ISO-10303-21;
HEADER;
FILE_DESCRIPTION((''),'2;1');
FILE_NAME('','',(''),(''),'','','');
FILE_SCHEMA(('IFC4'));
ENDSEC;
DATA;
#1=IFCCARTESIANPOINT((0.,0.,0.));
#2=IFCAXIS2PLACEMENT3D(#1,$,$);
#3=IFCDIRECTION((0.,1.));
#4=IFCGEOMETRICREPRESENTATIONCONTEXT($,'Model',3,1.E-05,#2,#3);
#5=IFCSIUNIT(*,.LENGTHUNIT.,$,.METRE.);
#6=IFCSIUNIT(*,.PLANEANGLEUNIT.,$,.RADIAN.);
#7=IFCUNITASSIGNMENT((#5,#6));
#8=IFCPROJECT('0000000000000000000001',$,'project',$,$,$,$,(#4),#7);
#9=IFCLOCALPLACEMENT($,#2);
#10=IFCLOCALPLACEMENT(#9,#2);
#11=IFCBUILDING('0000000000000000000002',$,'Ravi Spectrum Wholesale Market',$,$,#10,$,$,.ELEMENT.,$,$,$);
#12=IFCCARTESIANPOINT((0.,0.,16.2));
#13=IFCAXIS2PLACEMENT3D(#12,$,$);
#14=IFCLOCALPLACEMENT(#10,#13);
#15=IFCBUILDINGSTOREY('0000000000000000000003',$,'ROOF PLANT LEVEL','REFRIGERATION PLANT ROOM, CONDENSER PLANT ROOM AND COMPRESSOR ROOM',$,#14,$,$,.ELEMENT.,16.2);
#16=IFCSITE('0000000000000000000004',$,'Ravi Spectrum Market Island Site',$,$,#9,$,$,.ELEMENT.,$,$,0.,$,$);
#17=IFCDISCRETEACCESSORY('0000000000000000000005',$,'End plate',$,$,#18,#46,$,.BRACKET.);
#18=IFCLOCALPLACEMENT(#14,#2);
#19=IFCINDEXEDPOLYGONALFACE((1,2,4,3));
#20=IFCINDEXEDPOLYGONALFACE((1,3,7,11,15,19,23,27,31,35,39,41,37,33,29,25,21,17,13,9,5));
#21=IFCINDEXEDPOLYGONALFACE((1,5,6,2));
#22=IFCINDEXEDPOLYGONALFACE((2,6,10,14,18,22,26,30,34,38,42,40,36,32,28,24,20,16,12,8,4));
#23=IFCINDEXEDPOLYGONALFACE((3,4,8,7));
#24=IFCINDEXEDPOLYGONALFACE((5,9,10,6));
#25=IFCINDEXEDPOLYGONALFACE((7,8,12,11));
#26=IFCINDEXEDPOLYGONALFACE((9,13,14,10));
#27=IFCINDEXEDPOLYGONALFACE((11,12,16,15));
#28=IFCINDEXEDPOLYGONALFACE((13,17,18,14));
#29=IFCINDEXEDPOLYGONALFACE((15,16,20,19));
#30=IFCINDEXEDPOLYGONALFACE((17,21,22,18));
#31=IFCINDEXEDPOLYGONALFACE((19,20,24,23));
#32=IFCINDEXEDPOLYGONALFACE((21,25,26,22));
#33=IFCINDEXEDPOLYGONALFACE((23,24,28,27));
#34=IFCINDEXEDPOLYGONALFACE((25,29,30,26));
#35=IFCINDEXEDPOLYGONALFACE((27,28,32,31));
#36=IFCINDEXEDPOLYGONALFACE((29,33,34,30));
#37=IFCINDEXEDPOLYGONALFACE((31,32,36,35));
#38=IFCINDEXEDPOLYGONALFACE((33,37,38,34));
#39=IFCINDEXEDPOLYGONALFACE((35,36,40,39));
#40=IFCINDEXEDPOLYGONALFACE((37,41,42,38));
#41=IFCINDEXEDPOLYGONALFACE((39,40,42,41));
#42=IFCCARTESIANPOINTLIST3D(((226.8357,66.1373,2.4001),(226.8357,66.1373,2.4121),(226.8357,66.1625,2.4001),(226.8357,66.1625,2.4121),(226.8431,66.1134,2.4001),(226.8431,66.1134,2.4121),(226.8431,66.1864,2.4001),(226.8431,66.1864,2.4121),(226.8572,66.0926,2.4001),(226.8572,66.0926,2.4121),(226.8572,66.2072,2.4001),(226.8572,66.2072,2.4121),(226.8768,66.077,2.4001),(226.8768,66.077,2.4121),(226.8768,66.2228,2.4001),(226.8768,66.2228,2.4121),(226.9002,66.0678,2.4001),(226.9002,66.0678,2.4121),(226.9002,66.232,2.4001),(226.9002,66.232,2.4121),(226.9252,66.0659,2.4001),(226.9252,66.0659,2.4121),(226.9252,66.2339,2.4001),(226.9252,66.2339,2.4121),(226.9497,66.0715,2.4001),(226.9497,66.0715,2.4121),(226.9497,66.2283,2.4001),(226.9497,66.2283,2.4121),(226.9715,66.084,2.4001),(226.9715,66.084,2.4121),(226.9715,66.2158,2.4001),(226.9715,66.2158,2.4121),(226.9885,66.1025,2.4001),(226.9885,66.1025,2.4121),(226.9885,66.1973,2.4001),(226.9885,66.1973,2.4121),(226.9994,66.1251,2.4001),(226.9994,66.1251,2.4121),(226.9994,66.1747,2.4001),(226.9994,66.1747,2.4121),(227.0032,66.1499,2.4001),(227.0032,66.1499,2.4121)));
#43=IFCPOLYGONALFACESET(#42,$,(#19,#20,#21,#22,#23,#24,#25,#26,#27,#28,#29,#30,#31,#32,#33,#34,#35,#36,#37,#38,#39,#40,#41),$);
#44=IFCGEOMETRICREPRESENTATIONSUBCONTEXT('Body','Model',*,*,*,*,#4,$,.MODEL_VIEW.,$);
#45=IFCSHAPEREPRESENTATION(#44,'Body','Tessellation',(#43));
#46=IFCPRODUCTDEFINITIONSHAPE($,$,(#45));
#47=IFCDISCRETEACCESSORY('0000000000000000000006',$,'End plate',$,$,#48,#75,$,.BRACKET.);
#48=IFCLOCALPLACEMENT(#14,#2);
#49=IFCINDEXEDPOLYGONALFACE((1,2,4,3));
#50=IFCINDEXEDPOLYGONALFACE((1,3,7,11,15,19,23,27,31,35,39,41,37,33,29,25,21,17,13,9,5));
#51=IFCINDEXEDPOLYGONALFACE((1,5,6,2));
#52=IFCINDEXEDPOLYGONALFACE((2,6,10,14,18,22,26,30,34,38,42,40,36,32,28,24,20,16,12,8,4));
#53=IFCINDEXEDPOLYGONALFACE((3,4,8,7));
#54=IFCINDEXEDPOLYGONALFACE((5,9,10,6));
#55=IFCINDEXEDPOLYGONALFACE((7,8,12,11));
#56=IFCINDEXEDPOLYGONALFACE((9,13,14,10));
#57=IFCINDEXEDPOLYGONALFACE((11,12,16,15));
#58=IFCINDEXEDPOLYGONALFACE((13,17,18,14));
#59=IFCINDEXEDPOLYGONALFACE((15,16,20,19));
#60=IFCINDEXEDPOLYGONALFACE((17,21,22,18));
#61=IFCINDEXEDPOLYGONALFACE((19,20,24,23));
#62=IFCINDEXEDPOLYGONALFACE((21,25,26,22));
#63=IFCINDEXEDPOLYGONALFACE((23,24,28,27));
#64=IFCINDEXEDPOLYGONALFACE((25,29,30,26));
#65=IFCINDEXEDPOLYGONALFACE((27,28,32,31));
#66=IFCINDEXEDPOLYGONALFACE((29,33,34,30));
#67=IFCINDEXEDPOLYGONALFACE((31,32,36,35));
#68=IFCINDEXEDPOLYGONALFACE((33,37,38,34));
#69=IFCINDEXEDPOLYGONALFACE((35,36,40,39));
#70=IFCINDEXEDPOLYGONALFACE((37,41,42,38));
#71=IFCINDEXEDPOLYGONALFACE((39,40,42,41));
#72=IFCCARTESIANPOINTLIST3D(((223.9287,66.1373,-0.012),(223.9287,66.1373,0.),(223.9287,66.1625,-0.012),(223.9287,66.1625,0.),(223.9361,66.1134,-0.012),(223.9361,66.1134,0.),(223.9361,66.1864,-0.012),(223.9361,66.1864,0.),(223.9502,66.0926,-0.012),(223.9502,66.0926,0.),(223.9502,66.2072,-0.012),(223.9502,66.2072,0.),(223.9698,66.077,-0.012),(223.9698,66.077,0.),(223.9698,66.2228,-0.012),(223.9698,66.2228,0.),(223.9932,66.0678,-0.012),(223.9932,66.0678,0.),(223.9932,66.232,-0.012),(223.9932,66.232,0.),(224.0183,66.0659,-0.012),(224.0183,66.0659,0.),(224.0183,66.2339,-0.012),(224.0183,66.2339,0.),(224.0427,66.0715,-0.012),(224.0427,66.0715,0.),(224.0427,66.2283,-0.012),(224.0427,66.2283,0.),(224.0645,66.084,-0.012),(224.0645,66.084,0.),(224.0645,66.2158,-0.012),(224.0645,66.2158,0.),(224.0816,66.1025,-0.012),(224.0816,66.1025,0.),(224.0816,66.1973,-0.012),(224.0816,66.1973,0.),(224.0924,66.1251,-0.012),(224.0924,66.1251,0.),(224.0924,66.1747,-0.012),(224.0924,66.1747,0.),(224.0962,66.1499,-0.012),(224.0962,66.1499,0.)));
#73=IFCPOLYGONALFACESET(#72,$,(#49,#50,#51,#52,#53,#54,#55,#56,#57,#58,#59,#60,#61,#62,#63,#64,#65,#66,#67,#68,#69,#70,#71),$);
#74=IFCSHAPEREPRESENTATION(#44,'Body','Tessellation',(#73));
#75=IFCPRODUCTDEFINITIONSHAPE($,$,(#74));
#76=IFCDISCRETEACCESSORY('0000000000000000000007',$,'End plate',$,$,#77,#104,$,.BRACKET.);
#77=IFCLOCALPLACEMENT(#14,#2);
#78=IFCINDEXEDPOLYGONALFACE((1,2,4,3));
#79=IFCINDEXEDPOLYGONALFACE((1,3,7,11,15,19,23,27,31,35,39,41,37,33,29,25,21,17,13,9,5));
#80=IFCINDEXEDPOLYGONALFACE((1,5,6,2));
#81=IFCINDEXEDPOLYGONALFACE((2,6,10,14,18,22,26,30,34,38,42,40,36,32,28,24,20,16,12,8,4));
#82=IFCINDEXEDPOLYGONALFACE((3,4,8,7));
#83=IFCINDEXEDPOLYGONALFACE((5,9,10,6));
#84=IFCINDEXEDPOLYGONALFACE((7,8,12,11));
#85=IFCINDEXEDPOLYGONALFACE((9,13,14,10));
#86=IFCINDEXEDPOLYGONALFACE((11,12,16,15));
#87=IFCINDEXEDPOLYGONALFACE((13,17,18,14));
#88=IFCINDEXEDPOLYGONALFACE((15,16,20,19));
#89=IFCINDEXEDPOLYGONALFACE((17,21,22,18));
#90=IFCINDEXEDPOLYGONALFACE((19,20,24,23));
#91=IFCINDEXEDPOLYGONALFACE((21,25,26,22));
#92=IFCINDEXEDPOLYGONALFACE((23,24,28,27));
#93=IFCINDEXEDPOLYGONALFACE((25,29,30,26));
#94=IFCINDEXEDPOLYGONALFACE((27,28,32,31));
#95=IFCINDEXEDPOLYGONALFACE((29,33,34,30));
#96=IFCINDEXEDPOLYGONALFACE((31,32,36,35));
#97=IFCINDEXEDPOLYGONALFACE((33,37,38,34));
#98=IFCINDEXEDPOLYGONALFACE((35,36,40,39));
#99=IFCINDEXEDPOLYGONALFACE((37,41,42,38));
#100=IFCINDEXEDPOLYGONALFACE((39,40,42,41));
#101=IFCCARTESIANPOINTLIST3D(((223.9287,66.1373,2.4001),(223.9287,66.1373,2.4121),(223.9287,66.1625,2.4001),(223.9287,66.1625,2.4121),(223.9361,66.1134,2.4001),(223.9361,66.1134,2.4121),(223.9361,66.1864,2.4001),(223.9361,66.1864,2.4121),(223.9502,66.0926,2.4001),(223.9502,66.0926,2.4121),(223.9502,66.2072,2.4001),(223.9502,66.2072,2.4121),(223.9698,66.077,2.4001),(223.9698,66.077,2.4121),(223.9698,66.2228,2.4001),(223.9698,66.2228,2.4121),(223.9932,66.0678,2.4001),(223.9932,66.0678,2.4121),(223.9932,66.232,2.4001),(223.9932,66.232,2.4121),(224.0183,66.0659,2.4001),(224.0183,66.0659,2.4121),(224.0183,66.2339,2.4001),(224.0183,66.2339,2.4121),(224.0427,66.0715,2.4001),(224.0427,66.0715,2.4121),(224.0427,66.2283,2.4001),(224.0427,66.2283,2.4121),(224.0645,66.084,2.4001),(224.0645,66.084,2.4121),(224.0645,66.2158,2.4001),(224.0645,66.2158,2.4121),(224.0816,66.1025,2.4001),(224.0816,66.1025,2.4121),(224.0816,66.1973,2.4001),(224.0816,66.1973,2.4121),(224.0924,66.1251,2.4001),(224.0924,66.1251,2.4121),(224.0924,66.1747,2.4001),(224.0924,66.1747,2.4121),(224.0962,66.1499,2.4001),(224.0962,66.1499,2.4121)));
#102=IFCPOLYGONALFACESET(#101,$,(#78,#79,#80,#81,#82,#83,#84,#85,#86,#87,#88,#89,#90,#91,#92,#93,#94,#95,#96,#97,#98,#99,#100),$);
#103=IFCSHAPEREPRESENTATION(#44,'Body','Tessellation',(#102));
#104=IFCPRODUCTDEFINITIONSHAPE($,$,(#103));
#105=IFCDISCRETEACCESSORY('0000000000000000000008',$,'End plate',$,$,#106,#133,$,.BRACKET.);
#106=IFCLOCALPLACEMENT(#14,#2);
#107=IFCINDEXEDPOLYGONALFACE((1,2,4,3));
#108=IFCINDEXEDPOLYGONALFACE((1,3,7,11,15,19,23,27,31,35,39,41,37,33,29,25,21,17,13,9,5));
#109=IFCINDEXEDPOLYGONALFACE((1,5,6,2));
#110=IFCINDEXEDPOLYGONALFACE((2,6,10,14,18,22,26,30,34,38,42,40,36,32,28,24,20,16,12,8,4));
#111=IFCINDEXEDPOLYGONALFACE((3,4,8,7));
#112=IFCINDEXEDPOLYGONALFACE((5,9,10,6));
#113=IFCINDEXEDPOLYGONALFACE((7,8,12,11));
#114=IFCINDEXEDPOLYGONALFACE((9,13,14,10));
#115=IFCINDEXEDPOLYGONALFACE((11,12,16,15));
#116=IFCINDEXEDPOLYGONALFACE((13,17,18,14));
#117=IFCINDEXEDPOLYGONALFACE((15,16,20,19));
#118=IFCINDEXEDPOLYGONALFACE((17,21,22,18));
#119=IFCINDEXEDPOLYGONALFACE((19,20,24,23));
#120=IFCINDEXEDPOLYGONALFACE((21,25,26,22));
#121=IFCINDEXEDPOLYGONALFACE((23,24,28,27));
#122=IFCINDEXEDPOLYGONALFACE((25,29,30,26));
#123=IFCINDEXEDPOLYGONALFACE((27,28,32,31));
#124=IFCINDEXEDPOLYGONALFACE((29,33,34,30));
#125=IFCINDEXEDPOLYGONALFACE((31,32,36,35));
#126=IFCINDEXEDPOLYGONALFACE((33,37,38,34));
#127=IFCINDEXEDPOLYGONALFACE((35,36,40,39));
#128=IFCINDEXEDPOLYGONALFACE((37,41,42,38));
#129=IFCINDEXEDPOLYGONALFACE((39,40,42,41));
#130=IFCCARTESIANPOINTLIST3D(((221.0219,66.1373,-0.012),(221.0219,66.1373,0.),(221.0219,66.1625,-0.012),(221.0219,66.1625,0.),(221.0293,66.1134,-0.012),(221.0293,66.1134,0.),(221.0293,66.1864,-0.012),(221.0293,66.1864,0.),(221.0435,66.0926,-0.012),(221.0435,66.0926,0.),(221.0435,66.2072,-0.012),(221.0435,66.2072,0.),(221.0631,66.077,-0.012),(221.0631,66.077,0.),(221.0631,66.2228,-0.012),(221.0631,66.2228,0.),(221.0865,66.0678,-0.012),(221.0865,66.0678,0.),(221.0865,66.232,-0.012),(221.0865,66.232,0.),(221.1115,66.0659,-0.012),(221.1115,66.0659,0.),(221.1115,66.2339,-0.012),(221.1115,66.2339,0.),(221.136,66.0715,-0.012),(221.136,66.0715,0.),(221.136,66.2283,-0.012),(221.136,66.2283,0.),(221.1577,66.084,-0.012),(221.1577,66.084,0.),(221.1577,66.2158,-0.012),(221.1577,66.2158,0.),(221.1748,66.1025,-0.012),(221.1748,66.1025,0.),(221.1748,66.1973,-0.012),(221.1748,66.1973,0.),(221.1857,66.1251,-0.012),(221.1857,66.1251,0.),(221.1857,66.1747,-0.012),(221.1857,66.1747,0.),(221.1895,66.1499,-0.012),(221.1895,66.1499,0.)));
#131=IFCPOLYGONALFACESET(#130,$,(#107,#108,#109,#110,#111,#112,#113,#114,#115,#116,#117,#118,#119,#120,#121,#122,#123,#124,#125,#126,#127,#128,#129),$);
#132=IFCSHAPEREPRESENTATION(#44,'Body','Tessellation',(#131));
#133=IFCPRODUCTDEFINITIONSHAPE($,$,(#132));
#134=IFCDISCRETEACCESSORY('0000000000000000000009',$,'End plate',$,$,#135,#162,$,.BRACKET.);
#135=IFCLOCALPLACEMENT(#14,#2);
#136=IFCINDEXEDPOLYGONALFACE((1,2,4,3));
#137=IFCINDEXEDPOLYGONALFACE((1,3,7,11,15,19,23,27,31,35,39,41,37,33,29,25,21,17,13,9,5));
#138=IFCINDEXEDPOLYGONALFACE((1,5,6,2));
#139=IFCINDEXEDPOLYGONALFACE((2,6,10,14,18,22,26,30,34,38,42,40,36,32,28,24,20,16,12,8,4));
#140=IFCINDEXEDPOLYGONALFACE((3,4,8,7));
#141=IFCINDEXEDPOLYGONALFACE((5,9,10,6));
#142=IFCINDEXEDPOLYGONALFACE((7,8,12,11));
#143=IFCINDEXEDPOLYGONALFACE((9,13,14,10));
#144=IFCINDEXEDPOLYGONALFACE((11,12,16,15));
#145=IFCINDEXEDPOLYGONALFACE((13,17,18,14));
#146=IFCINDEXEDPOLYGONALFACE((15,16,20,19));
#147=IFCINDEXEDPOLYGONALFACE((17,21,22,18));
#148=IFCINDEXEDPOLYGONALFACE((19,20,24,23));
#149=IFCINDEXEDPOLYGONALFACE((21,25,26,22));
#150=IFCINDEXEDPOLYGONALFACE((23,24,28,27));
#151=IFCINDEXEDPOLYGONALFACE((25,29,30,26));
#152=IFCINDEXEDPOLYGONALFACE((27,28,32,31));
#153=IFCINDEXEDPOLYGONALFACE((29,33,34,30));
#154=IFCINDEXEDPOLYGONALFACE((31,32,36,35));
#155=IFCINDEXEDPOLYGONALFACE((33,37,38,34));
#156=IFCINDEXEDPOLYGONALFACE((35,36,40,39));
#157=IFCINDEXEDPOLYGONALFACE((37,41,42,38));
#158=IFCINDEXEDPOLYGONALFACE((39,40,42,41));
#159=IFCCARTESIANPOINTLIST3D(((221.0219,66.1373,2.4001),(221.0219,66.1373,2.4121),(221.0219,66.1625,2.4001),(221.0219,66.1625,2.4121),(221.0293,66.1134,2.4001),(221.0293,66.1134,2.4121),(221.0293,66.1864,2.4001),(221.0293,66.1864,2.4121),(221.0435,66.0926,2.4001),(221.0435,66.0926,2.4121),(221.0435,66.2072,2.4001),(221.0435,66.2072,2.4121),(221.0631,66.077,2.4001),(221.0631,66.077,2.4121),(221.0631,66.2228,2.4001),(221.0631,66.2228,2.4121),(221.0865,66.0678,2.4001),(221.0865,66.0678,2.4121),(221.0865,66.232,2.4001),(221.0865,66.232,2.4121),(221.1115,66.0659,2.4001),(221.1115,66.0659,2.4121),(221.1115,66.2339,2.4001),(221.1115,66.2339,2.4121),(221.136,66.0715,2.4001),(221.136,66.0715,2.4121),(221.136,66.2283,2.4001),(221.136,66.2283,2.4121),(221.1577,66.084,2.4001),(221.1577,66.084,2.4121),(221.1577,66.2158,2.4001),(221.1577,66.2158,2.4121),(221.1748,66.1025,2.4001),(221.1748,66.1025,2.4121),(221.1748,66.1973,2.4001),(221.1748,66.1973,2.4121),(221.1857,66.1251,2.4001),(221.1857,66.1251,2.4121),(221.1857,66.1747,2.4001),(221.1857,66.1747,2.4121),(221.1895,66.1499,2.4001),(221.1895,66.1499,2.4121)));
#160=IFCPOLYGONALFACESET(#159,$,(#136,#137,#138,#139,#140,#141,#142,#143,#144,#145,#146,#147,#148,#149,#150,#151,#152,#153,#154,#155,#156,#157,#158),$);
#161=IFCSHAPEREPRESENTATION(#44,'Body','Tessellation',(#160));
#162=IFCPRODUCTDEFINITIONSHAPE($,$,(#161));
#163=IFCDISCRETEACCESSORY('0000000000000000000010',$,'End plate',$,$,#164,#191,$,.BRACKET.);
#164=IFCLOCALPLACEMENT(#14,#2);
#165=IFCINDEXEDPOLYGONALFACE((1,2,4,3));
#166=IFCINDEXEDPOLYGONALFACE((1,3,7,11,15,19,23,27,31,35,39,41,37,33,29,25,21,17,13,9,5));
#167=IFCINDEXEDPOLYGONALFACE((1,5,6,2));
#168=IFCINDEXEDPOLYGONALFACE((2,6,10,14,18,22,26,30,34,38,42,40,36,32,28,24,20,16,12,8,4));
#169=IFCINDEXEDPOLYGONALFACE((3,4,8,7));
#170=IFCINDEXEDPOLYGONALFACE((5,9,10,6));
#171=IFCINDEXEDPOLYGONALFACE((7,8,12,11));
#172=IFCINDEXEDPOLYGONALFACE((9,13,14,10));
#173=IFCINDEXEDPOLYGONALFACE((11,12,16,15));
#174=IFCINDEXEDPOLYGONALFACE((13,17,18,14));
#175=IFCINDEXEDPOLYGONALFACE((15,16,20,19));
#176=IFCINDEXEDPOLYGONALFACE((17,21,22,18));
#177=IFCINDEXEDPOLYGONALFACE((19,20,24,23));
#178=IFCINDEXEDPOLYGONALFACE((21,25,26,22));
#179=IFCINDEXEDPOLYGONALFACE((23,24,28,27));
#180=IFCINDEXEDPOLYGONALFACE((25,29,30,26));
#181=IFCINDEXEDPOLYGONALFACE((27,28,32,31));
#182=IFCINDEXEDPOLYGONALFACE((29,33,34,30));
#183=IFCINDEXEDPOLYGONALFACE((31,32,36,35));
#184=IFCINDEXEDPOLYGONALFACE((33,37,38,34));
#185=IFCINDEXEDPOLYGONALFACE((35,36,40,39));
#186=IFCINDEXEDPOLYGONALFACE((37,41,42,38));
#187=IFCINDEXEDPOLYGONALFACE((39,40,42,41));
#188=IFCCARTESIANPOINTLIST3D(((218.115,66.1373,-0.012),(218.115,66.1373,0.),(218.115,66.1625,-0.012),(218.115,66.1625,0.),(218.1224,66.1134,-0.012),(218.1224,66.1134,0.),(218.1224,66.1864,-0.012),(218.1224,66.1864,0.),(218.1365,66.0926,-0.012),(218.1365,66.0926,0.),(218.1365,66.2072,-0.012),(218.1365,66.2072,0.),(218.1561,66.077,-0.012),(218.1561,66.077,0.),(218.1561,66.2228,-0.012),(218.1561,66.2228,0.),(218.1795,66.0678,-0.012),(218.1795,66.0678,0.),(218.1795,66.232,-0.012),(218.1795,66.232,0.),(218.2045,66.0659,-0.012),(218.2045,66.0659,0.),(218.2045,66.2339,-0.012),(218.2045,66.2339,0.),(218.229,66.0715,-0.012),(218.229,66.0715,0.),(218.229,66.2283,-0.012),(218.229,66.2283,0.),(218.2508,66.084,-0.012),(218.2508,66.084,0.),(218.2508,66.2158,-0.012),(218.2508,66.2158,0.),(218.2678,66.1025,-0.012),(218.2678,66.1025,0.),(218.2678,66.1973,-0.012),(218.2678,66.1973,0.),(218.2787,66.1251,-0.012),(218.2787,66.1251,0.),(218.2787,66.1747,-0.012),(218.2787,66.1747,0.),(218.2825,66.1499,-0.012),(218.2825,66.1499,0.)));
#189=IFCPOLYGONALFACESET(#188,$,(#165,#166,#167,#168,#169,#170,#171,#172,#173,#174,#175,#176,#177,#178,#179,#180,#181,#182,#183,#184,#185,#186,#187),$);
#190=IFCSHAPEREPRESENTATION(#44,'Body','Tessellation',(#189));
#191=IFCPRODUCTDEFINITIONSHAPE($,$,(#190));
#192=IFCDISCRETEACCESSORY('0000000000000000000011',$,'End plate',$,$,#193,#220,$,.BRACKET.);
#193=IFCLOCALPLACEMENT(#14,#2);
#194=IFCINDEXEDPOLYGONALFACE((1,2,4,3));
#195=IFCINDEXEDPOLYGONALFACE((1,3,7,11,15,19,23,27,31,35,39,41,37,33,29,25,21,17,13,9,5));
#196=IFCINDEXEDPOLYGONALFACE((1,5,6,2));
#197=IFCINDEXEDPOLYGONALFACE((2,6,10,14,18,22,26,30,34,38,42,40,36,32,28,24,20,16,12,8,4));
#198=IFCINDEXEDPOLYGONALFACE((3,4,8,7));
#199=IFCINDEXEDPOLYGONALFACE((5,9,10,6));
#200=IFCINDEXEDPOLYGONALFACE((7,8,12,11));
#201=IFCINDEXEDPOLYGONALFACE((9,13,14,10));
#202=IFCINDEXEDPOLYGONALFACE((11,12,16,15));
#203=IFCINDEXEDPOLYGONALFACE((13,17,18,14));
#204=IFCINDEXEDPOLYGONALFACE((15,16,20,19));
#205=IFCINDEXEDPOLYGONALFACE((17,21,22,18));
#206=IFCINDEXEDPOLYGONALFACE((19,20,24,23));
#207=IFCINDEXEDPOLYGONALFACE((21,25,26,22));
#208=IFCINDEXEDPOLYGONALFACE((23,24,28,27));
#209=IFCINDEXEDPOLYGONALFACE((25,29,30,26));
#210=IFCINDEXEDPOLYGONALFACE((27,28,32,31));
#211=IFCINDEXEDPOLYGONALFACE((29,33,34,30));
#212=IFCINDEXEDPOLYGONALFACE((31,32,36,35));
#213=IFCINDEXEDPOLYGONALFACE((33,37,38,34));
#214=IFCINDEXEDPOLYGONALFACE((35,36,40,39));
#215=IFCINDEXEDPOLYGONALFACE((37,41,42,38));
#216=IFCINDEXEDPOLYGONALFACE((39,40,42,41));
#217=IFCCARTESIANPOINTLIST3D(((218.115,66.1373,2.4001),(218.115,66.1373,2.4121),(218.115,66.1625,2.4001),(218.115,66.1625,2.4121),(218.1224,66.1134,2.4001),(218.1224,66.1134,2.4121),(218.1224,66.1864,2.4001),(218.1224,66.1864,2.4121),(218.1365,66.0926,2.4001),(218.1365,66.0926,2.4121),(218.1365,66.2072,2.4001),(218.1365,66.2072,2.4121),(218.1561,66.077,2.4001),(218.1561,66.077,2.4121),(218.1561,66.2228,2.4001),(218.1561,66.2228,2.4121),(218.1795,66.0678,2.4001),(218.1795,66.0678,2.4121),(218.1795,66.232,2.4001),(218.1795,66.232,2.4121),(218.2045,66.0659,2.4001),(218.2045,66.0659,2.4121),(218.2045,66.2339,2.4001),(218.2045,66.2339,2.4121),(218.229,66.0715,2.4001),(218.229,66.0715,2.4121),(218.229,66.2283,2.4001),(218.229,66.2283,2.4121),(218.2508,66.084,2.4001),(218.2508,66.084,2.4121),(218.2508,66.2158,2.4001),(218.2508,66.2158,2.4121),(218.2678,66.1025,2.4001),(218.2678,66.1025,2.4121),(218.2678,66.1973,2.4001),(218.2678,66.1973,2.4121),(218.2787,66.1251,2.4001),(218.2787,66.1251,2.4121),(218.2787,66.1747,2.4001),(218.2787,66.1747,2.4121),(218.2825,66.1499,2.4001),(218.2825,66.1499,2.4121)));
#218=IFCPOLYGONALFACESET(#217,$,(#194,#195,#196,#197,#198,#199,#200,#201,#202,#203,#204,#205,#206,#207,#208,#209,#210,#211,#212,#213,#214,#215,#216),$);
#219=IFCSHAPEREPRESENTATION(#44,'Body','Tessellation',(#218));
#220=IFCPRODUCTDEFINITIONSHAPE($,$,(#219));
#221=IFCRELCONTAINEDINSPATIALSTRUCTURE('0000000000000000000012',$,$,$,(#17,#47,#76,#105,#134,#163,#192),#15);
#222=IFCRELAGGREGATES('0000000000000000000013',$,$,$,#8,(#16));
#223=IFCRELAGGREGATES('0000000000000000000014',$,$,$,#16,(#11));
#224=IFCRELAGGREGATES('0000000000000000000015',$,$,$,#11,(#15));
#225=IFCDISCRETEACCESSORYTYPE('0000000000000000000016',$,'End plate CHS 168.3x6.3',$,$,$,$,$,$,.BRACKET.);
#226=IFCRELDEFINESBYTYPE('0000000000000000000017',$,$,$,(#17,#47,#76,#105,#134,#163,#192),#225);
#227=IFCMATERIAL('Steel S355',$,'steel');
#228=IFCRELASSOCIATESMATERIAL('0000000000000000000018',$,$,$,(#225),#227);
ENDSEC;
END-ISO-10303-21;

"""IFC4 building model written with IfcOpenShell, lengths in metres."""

from ifc_helpers import new_model, si_unit, direction, frame, origin, origin_2d, place, context, subcontext, project, spatial, circle, extrude, material, material_profile, profile_set, type_object, element, save


model = new_model("IFC4")

# Units and contexts
model_context = context("Model", 3, precision=1e-05, world=origin(), true_north=direction((0.0, 1.0)))
body_context = subcontext(model_context, "Body", "Model", "MODEL_VIEW")
ifc_project = project(units=[si_unit("LENGTHUNIT", "METRE"), si_unit("PLANEANGLEUNIT", "RADIAN")], contexts=[model_context])

# Site, building, storey
site_placement = place(None, origin())
site = spatial("IfcSite", under=ifc_project, at=site_placement, Name="Ravi Spectrum Market Island Site", CompositionType="ELEMENT", RefElevation=0.0)
building_placement = place(site_placement, origin())
building = spatial("IfcBuilding", under=site, at=building_placement, Name="Ravi Spectrum Wholesale Market", CompositionType="ELEMENT")
storey_placement = place(building_placement, frame((0.0, 0.0, 16.2)))
storey = spatial("IfcBuildingStorey", under=building, at=storey_placement, Name="ROOF PLANT LEVEL", Description="REFRIGERATION PLANT ROOM, CONDENSER PLANT ROOM AND COMPRESSOR ROOM", CompositionType="ELEMENT", Elevation=16.2)

# Discrete accessories
ifc_material_1 = material(Name="Steel S355", Category="steel")
ifc_material_profile_1 = material_profile(ifc_material_1, circle(Radius=0.0842, at=origin_2d()))
ifc_profile_set_1 = profile_set([ifc_material_profile_1], Name="Steel S355")
discrete_accessory_type = type_object("IfcDiscreteAccessoryType", Name="End plate CHS 168.3x6.3", PredefinedType="BRACKET", material=ifc_profile_set_1)
for number, where, z_axis, x_axis, name in (
    (1, (226.9189, 66.1499, 2.4001), (0.0, 0.0, 1.0), (1.0, 0.0, 0.0), "End plate"),
    (2, (224.012, 66.1499, 0.0), (0.0, 0.0, -1.0), (1.0, 0.0, 0.0), "End plate"),
    (3, (224.012, 66.1499, 2.4001), (0.0, 0.0, 1.0), (1.0, 0.0, 0.0), "End plate"),
    (4, (221.1052, 66.1499, 0.0), (0.0, 0.0, -1.0), (1.0, 0.0, 0.0), "End plate"),
    (5, (221.1052, 66.1499, 2.4001), (0.0, 0.0, 1.0), (1.0, 0.0, 0.0), "End plate"),
    (6, (218.1982, 66.1499, 0.0), (0.0, 0.0, -1.0), (1.0, 0.0, 0.0), "End plate"),
    (7, (218.1982, 66.1499, 2.4001), (0.0, 0.0, 1.0), (1.0, 0.0, 0.0), "End plate"),
):
    element("IfcDiscreteAccessory", number, at=place(storey_placement, frame(where, z_axis=z_axis, x_axis=x_axis)), inside=storey, type_object=discrete_accessory_type, Name=name, PredefinedType="BRACKET", context=body_context, shape_type="SweptSolid", body=[
        extrude(circle(Radius=0.0842, at=origin_2d()), origin(), (0.0, 0.0, 1.0), 0.012),
    ])

save(model, "model.ifc")
